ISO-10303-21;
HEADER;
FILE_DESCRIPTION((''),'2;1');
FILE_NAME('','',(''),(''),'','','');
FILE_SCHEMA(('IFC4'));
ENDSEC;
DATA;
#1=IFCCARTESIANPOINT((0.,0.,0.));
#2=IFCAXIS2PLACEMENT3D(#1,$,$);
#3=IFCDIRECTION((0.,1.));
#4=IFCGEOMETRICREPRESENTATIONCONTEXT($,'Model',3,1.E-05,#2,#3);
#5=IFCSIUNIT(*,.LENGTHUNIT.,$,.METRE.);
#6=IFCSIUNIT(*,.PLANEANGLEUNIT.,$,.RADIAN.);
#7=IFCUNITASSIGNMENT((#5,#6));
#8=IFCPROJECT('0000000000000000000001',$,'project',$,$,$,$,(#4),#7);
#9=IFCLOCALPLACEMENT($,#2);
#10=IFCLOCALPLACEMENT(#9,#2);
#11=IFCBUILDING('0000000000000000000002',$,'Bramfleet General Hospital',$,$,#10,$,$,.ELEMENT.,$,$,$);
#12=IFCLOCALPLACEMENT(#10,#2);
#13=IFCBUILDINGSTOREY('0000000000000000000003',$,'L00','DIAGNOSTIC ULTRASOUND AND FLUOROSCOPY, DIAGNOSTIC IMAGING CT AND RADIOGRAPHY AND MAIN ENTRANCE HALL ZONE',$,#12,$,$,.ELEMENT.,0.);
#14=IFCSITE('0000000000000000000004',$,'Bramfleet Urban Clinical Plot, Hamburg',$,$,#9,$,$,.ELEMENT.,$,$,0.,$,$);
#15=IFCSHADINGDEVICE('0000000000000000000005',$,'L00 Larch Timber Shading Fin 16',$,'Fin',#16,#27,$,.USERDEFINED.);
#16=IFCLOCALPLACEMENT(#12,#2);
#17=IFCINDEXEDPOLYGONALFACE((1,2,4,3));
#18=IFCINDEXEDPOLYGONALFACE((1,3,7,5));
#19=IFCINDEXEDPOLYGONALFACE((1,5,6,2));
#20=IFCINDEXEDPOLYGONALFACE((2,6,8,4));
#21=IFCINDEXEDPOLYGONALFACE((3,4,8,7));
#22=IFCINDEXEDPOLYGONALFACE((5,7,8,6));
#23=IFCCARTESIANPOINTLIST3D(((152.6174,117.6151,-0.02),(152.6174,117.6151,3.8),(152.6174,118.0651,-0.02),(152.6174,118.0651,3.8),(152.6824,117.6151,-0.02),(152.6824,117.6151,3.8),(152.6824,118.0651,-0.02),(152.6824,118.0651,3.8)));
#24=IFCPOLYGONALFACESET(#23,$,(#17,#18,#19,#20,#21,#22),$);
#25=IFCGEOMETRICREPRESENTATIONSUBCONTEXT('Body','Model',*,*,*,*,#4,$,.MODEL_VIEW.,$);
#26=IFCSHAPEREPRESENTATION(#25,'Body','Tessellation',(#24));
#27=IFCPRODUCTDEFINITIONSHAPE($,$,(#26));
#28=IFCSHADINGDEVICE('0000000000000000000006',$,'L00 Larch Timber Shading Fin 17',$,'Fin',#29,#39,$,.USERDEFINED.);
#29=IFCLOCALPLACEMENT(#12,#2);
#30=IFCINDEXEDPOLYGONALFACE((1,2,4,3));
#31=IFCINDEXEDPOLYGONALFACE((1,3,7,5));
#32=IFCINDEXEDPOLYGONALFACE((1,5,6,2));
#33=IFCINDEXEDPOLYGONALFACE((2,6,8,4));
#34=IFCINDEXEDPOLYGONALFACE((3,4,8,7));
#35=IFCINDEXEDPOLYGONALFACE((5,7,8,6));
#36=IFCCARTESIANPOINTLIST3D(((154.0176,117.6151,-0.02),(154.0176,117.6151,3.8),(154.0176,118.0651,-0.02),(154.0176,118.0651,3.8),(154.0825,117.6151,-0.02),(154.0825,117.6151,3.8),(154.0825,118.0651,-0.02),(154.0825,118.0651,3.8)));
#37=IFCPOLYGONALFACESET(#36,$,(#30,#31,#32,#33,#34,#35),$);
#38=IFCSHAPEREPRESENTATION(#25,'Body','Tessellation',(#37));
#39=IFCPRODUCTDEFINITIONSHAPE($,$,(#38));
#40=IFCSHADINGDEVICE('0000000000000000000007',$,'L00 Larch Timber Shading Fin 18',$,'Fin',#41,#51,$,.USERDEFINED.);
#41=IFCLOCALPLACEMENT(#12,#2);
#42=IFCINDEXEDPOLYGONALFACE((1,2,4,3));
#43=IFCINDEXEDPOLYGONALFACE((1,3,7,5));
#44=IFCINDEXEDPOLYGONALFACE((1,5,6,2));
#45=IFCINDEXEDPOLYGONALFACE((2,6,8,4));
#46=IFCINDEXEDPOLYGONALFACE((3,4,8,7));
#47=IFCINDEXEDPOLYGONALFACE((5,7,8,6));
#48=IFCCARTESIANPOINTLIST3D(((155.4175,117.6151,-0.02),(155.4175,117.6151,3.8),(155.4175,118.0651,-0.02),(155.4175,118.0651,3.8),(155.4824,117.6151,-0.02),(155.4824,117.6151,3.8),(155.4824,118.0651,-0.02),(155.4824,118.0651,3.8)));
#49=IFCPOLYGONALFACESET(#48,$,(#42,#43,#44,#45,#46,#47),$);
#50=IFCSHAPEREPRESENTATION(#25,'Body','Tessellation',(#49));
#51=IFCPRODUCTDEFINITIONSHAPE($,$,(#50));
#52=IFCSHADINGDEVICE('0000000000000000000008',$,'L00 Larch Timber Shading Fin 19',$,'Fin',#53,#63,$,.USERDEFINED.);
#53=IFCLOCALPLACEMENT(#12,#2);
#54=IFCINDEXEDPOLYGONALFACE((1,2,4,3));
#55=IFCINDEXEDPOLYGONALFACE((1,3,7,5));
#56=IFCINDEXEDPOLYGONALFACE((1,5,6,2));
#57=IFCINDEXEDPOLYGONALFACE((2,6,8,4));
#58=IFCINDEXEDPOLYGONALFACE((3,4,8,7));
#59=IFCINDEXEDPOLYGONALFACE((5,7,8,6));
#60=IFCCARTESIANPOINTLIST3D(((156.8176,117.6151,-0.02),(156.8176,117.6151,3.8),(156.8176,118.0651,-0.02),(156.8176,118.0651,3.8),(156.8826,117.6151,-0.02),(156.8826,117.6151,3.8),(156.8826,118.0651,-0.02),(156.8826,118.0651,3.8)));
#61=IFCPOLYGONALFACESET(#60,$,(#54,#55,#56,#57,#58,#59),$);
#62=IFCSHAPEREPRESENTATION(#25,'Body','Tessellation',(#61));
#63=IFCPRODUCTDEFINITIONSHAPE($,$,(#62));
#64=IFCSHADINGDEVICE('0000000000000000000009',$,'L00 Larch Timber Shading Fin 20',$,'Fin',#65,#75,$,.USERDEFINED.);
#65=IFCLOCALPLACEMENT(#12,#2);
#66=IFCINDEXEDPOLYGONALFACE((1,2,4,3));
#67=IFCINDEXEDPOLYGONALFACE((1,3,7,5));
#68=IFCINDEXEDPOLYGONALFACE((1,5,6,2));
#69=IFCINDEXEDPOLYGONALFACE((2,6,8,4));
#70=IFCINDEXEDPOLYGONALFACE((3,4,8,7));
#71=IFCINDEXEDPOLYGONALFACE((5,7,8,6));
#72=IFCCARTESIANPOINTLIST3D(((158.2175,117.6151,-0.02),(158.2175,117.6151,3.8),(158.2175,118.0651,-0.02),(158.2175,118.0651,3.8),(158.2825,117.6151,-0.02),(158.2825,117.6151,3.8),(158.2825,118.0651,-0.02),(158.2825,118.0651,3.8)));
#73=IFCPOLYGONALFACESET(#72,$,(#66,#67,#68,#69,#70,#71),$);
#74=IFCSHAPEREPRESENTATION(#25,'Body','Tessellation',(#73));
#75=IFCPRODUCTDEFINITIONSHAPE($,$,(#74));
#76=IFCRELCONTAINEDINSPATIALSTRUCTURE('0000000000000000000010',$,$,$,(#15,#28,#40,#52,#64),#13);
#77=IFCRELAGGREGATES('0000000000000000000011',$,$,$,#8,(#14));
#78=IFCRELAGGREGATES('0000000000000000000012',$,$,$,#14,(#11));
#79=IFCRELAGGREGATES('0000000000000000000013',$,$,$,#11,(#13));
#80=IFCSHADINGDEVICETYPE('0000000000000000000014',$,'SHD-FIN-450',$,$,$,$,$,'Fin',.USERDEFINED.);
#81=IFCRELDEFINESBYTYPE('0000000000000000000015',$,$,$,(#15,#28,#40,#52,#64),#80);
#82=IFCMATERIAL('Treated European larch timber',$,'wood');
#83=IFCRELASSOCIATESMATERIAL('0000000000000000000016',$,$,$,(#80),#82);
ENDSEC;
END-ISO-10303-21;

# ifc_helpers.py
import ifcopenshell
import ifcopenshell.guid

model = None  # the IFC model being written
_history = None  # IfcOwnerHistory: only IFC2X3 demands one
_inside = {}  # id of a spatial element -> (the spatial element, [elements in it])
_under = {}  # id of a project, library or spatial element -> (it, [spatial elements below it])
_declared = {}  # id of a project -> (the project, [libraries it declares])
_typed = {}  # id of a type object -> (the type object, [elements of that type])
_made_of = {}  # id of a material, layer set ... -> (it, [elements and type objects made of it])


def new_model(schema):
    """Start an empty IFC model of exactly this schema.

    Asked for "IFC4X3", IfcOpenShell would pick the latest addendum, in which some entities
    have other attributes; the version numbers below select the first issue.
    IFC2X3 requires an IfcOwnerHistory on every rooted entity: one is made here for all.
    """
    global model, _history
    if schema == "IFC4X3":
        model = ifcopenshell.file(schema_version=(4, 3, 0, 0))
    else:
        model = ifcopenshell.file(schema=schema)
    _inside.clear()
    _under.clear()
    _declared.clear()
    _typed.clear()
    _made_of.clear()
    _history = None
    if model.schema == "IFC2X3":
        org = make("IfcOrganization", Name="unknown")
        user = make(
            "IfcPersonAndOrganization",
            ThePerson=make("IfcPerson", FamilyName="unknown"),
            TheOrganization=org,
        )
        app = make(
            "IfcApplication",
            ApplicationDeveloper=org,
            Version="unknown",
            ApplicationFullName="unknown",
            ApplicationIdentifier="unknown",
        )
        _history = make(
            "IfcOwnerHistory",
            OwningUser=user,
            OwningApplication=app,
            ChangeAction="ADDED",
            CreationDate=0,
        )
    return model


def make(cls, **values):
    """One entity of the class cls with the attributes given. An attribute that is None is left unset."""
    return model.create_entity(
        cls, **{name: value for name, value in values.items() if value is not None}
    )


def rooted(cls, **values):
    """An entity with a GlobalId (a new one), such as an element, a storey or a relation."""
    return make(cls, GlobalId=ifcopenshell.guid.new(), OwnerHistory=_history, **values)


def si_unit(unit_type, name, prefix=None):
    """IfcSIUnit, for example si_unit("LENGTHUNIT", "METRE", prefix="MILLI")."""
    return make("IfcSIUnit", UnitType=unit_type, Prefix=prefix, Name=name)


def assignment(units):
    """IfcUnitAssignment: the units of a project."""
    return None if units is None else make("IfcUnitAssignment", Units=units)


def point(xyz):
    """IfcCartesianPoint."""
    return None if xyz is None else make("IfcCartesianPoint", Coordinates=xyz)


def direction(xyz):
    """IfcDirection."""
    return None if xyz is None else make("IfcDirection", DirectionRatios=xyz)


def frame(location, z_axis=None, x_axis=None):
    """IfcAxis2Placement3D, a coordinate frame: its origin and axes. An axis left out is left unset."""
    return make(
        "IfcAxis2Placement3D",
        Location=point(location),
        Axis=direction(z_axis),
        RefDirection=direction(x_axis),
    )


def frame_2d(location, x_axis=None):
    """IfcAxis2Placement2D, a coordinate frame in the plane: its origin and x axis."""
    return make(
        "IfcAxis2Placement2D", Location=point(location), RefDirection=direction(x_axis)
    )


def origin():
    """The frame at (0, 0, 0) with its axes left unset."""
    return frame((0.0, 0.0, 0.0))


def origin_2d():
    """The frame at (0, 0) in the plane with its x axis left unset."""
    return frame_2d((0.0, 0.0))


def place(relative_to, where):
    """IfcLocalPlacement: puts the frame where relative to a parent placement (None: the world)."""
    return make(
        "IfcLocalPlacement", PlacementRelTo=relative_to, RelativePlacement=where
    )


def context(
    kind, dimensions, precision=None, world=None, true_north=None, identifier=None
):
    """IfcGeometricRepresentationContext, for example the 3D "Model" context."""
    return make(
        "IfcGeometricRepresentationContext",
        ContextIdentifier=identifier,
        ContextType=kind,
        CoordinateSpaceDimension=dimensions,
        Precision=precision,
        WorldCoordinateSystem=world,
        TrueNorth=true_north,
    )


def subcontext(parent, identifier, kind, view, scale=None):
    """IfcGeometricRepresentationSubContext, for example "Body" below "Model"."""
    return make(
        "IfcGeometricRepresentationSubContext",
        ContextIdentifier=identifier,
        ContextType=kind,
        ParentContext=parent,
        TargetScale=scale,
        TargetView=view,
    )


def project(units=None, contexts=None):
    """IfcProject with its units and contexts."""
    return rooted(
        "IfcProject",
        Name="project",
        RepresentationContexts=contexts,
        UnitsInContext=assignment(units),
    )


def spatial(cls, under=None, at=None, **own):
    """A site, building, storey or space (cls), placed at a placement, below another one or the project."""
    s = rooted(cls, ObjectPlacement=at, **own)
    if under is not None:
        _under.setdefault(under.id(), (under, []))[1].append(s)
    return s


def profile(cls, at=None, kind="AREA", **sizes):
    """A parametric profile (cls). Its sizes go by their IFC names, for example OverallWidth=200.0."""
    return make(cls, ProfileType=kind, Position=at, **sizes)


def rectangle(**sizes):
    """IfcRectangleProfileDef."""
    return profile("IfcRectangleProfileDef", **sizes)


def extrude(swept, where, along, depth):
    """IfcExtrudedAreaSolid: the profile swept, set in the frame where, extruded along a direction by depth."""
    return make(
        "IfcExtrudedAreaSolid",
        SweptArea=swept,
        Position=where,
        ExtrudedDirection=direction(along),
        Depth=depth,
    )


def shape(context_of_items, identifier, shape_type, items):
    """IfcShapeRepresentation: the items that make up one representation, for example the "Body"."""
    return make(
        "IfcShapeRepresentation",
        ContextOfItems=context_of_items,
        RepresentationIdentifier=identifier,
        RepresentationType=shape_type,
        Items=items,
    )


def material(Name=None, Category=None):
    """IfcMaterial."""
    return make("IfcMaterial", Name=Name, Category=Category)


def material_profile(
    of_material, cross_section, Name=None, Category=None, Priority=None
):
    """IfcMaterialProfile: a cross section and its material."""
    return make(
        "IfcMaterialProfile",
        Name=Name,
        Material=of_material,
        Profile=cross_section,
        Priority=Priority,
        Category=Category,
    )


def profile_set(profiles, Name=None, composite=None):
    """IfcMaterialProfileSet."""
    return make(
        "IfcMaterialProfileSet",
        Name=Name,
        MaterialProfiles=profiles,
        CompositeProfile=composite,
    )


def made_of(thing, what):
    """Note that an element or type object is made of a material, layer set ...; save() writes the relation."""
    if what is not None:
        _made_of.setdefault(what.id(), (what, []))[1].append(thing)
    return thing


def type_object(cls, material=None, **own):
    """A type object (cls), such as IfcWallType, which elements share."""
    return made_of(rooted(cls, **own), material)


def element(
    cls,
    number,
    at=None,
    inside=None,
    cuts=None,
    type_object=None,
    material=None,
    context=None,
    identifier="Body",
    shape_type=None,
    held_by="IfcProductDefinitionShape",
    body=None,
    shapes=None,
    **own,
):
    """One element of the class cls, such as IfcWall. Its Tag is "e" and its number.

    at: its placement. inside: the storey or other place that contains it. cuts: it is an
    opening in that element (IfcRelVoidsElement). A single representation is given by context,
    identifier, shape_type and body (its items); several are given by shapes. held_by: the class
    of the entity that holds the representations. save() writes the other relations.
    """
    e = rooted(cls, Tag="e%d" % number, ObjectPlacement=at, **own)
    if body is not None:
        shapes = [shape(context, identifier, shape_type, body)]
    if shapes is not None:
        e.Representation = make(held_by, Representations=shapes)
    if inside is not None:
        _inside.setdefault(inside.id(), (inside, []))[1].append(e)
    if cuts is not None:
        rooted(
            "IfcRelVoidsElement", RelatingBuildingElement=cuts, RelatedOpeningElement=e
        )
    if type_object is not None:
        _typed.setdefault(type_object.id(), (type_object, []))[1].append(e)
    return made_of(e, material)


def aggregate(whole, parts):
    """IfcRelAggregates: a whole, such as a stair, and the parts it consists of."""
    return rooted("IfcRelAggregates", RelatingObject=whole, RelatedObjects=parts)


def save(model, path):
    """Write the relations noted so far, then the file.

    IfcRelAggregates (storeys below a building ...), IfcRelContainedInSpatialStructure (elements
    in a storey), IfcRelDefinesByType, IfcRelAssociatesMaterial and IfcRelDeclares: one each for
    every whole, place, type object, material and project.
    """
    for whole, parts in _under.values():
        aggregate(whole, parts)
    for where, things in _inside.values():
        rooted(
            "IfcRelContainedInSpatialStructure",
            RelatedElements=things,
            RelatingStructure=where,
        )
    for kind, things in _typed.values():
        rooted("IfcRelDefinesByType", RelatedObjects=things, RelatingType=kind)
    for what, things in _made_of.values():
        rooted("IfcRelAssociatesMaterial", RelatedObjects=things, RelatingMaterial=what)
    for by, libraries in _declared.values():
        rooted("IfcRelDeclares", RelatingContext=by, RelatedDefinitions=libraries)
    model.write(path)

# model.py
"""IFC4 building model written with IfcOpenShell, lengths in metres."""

from ifc_helpers import new_model, si_unit, direction, frame, origin, origin_2d, place, context, subcontext, project, spatial, rectangle, extrude, material, material_profile, profile_set, type_object, element, save


model = new_model("IFC4")

# Units and contexts
model_context = context("Model", 3, precision=1e-05, world=origin(), true_north=direction((0.0, 1.0)))
body_context = subcontext(model_context, "Body", "Model", "MODEL_VIEW")
ifc_project = project(units=[si_unit("LENGTHUNIT", "METRE"), si_unit("PLANEANGLEUNIT", "RADIAN")], contexts=[model_context])

# Site, building, storey
site_placement = place(None, origin())
site = spatial("IfcSite", under=ifc_project, at=site_placement, Name="Bramfleet Urban Clinical Plot, Hamburg", CompositionType="ELEMENT", RefElevation=0.0)
building_placement = place(site_placement, origin())
building = spatial("IfcBuilding", under=site, at=building_placement, Name="Bramfleet General Hospital", CompositionType="ELEMENT")
storey_placement = place(building_placement, origin())
storey = spatial("IfcBuildingStorey", under=building, at=storey_placement, Name="L00", Description="DIAGNOSTIC ULTRASOUND AND FLUOROSCOPY, DIAGNOSTIC IMAGING CT AND RADIOGRAPHY AND MAIN ENTRANCE HALL ZONE", CompositionType="ELEMENT", Elevation=0.0)

# Shading devices
ifc_material_1 = material(Name="Treated European larch timber", Category="wood")
ifc_material_profile_1 = material_profile(ifc_material_1, rectangle(XDim=0.0649, YDim=0.45, at=origin_2d()), Name="LARCH FIN 450x65")
ifc_profile_set_1 = profile_set([ifc_material_profile_1], Name="Treated European larch timber")
shading_device_type = type_object("IfcShadingDeviceType", Name="SHD-FIN-450", ElementType="Fin", PredefinedType="USERDEFINED", material=ifc_profile_set_1)
for number, where, z_axis, x_axis, name in (
    (1, (152.6499, 117.8401, -0.02), (0.0, 0.0, 1.0), (1.0, 0.0, 0.0), "L00 Larch Timber Shading Fin 16"),
    (2, (154.05, 117.8401, -0.02), (0.0, 0.0, 1.0), (1.0, 0.0, 0.0), "L00 Larch Timber Shading Fin 17"),
    (3, (155.45, 117.8401, -0.02), (0.0, 0.0, 1.0), (1.0, 0.0, 0.0), "L00 Larch Timber Shading Fin 18"),
    (4, (156.8501, 117.8401, -0.02), (0.0, 0.0, 1.0), (1.0, 0.0, 0.0), "L00 Larch Timber Shading Fin 19"),
    (5, (158.25, 117.8401, -0.02), (0.0, 0.0, 1.0), (1.0, 0.0, 0.0), "L00 Larch Timber Shading Fin 20"),
):
    element("IfcShadingDevice", number, at=place(storey_placement, frame(where, z_axis=z_axis, x_axis=x_axis)), inside=storey, type_object=shading_device_type, Name=name, ObjectType="Fin", PredefinedType="USERDEFINED", context=body_context, shape_type="SweptSolid", body=[
        extrude(rectangle(XDim=0.0649, YDim=0.45, at=origin_2d()), origin(), (0.0, 0.0, 1.0), 3.8201),
    ])

save(model, "model.ifc")
